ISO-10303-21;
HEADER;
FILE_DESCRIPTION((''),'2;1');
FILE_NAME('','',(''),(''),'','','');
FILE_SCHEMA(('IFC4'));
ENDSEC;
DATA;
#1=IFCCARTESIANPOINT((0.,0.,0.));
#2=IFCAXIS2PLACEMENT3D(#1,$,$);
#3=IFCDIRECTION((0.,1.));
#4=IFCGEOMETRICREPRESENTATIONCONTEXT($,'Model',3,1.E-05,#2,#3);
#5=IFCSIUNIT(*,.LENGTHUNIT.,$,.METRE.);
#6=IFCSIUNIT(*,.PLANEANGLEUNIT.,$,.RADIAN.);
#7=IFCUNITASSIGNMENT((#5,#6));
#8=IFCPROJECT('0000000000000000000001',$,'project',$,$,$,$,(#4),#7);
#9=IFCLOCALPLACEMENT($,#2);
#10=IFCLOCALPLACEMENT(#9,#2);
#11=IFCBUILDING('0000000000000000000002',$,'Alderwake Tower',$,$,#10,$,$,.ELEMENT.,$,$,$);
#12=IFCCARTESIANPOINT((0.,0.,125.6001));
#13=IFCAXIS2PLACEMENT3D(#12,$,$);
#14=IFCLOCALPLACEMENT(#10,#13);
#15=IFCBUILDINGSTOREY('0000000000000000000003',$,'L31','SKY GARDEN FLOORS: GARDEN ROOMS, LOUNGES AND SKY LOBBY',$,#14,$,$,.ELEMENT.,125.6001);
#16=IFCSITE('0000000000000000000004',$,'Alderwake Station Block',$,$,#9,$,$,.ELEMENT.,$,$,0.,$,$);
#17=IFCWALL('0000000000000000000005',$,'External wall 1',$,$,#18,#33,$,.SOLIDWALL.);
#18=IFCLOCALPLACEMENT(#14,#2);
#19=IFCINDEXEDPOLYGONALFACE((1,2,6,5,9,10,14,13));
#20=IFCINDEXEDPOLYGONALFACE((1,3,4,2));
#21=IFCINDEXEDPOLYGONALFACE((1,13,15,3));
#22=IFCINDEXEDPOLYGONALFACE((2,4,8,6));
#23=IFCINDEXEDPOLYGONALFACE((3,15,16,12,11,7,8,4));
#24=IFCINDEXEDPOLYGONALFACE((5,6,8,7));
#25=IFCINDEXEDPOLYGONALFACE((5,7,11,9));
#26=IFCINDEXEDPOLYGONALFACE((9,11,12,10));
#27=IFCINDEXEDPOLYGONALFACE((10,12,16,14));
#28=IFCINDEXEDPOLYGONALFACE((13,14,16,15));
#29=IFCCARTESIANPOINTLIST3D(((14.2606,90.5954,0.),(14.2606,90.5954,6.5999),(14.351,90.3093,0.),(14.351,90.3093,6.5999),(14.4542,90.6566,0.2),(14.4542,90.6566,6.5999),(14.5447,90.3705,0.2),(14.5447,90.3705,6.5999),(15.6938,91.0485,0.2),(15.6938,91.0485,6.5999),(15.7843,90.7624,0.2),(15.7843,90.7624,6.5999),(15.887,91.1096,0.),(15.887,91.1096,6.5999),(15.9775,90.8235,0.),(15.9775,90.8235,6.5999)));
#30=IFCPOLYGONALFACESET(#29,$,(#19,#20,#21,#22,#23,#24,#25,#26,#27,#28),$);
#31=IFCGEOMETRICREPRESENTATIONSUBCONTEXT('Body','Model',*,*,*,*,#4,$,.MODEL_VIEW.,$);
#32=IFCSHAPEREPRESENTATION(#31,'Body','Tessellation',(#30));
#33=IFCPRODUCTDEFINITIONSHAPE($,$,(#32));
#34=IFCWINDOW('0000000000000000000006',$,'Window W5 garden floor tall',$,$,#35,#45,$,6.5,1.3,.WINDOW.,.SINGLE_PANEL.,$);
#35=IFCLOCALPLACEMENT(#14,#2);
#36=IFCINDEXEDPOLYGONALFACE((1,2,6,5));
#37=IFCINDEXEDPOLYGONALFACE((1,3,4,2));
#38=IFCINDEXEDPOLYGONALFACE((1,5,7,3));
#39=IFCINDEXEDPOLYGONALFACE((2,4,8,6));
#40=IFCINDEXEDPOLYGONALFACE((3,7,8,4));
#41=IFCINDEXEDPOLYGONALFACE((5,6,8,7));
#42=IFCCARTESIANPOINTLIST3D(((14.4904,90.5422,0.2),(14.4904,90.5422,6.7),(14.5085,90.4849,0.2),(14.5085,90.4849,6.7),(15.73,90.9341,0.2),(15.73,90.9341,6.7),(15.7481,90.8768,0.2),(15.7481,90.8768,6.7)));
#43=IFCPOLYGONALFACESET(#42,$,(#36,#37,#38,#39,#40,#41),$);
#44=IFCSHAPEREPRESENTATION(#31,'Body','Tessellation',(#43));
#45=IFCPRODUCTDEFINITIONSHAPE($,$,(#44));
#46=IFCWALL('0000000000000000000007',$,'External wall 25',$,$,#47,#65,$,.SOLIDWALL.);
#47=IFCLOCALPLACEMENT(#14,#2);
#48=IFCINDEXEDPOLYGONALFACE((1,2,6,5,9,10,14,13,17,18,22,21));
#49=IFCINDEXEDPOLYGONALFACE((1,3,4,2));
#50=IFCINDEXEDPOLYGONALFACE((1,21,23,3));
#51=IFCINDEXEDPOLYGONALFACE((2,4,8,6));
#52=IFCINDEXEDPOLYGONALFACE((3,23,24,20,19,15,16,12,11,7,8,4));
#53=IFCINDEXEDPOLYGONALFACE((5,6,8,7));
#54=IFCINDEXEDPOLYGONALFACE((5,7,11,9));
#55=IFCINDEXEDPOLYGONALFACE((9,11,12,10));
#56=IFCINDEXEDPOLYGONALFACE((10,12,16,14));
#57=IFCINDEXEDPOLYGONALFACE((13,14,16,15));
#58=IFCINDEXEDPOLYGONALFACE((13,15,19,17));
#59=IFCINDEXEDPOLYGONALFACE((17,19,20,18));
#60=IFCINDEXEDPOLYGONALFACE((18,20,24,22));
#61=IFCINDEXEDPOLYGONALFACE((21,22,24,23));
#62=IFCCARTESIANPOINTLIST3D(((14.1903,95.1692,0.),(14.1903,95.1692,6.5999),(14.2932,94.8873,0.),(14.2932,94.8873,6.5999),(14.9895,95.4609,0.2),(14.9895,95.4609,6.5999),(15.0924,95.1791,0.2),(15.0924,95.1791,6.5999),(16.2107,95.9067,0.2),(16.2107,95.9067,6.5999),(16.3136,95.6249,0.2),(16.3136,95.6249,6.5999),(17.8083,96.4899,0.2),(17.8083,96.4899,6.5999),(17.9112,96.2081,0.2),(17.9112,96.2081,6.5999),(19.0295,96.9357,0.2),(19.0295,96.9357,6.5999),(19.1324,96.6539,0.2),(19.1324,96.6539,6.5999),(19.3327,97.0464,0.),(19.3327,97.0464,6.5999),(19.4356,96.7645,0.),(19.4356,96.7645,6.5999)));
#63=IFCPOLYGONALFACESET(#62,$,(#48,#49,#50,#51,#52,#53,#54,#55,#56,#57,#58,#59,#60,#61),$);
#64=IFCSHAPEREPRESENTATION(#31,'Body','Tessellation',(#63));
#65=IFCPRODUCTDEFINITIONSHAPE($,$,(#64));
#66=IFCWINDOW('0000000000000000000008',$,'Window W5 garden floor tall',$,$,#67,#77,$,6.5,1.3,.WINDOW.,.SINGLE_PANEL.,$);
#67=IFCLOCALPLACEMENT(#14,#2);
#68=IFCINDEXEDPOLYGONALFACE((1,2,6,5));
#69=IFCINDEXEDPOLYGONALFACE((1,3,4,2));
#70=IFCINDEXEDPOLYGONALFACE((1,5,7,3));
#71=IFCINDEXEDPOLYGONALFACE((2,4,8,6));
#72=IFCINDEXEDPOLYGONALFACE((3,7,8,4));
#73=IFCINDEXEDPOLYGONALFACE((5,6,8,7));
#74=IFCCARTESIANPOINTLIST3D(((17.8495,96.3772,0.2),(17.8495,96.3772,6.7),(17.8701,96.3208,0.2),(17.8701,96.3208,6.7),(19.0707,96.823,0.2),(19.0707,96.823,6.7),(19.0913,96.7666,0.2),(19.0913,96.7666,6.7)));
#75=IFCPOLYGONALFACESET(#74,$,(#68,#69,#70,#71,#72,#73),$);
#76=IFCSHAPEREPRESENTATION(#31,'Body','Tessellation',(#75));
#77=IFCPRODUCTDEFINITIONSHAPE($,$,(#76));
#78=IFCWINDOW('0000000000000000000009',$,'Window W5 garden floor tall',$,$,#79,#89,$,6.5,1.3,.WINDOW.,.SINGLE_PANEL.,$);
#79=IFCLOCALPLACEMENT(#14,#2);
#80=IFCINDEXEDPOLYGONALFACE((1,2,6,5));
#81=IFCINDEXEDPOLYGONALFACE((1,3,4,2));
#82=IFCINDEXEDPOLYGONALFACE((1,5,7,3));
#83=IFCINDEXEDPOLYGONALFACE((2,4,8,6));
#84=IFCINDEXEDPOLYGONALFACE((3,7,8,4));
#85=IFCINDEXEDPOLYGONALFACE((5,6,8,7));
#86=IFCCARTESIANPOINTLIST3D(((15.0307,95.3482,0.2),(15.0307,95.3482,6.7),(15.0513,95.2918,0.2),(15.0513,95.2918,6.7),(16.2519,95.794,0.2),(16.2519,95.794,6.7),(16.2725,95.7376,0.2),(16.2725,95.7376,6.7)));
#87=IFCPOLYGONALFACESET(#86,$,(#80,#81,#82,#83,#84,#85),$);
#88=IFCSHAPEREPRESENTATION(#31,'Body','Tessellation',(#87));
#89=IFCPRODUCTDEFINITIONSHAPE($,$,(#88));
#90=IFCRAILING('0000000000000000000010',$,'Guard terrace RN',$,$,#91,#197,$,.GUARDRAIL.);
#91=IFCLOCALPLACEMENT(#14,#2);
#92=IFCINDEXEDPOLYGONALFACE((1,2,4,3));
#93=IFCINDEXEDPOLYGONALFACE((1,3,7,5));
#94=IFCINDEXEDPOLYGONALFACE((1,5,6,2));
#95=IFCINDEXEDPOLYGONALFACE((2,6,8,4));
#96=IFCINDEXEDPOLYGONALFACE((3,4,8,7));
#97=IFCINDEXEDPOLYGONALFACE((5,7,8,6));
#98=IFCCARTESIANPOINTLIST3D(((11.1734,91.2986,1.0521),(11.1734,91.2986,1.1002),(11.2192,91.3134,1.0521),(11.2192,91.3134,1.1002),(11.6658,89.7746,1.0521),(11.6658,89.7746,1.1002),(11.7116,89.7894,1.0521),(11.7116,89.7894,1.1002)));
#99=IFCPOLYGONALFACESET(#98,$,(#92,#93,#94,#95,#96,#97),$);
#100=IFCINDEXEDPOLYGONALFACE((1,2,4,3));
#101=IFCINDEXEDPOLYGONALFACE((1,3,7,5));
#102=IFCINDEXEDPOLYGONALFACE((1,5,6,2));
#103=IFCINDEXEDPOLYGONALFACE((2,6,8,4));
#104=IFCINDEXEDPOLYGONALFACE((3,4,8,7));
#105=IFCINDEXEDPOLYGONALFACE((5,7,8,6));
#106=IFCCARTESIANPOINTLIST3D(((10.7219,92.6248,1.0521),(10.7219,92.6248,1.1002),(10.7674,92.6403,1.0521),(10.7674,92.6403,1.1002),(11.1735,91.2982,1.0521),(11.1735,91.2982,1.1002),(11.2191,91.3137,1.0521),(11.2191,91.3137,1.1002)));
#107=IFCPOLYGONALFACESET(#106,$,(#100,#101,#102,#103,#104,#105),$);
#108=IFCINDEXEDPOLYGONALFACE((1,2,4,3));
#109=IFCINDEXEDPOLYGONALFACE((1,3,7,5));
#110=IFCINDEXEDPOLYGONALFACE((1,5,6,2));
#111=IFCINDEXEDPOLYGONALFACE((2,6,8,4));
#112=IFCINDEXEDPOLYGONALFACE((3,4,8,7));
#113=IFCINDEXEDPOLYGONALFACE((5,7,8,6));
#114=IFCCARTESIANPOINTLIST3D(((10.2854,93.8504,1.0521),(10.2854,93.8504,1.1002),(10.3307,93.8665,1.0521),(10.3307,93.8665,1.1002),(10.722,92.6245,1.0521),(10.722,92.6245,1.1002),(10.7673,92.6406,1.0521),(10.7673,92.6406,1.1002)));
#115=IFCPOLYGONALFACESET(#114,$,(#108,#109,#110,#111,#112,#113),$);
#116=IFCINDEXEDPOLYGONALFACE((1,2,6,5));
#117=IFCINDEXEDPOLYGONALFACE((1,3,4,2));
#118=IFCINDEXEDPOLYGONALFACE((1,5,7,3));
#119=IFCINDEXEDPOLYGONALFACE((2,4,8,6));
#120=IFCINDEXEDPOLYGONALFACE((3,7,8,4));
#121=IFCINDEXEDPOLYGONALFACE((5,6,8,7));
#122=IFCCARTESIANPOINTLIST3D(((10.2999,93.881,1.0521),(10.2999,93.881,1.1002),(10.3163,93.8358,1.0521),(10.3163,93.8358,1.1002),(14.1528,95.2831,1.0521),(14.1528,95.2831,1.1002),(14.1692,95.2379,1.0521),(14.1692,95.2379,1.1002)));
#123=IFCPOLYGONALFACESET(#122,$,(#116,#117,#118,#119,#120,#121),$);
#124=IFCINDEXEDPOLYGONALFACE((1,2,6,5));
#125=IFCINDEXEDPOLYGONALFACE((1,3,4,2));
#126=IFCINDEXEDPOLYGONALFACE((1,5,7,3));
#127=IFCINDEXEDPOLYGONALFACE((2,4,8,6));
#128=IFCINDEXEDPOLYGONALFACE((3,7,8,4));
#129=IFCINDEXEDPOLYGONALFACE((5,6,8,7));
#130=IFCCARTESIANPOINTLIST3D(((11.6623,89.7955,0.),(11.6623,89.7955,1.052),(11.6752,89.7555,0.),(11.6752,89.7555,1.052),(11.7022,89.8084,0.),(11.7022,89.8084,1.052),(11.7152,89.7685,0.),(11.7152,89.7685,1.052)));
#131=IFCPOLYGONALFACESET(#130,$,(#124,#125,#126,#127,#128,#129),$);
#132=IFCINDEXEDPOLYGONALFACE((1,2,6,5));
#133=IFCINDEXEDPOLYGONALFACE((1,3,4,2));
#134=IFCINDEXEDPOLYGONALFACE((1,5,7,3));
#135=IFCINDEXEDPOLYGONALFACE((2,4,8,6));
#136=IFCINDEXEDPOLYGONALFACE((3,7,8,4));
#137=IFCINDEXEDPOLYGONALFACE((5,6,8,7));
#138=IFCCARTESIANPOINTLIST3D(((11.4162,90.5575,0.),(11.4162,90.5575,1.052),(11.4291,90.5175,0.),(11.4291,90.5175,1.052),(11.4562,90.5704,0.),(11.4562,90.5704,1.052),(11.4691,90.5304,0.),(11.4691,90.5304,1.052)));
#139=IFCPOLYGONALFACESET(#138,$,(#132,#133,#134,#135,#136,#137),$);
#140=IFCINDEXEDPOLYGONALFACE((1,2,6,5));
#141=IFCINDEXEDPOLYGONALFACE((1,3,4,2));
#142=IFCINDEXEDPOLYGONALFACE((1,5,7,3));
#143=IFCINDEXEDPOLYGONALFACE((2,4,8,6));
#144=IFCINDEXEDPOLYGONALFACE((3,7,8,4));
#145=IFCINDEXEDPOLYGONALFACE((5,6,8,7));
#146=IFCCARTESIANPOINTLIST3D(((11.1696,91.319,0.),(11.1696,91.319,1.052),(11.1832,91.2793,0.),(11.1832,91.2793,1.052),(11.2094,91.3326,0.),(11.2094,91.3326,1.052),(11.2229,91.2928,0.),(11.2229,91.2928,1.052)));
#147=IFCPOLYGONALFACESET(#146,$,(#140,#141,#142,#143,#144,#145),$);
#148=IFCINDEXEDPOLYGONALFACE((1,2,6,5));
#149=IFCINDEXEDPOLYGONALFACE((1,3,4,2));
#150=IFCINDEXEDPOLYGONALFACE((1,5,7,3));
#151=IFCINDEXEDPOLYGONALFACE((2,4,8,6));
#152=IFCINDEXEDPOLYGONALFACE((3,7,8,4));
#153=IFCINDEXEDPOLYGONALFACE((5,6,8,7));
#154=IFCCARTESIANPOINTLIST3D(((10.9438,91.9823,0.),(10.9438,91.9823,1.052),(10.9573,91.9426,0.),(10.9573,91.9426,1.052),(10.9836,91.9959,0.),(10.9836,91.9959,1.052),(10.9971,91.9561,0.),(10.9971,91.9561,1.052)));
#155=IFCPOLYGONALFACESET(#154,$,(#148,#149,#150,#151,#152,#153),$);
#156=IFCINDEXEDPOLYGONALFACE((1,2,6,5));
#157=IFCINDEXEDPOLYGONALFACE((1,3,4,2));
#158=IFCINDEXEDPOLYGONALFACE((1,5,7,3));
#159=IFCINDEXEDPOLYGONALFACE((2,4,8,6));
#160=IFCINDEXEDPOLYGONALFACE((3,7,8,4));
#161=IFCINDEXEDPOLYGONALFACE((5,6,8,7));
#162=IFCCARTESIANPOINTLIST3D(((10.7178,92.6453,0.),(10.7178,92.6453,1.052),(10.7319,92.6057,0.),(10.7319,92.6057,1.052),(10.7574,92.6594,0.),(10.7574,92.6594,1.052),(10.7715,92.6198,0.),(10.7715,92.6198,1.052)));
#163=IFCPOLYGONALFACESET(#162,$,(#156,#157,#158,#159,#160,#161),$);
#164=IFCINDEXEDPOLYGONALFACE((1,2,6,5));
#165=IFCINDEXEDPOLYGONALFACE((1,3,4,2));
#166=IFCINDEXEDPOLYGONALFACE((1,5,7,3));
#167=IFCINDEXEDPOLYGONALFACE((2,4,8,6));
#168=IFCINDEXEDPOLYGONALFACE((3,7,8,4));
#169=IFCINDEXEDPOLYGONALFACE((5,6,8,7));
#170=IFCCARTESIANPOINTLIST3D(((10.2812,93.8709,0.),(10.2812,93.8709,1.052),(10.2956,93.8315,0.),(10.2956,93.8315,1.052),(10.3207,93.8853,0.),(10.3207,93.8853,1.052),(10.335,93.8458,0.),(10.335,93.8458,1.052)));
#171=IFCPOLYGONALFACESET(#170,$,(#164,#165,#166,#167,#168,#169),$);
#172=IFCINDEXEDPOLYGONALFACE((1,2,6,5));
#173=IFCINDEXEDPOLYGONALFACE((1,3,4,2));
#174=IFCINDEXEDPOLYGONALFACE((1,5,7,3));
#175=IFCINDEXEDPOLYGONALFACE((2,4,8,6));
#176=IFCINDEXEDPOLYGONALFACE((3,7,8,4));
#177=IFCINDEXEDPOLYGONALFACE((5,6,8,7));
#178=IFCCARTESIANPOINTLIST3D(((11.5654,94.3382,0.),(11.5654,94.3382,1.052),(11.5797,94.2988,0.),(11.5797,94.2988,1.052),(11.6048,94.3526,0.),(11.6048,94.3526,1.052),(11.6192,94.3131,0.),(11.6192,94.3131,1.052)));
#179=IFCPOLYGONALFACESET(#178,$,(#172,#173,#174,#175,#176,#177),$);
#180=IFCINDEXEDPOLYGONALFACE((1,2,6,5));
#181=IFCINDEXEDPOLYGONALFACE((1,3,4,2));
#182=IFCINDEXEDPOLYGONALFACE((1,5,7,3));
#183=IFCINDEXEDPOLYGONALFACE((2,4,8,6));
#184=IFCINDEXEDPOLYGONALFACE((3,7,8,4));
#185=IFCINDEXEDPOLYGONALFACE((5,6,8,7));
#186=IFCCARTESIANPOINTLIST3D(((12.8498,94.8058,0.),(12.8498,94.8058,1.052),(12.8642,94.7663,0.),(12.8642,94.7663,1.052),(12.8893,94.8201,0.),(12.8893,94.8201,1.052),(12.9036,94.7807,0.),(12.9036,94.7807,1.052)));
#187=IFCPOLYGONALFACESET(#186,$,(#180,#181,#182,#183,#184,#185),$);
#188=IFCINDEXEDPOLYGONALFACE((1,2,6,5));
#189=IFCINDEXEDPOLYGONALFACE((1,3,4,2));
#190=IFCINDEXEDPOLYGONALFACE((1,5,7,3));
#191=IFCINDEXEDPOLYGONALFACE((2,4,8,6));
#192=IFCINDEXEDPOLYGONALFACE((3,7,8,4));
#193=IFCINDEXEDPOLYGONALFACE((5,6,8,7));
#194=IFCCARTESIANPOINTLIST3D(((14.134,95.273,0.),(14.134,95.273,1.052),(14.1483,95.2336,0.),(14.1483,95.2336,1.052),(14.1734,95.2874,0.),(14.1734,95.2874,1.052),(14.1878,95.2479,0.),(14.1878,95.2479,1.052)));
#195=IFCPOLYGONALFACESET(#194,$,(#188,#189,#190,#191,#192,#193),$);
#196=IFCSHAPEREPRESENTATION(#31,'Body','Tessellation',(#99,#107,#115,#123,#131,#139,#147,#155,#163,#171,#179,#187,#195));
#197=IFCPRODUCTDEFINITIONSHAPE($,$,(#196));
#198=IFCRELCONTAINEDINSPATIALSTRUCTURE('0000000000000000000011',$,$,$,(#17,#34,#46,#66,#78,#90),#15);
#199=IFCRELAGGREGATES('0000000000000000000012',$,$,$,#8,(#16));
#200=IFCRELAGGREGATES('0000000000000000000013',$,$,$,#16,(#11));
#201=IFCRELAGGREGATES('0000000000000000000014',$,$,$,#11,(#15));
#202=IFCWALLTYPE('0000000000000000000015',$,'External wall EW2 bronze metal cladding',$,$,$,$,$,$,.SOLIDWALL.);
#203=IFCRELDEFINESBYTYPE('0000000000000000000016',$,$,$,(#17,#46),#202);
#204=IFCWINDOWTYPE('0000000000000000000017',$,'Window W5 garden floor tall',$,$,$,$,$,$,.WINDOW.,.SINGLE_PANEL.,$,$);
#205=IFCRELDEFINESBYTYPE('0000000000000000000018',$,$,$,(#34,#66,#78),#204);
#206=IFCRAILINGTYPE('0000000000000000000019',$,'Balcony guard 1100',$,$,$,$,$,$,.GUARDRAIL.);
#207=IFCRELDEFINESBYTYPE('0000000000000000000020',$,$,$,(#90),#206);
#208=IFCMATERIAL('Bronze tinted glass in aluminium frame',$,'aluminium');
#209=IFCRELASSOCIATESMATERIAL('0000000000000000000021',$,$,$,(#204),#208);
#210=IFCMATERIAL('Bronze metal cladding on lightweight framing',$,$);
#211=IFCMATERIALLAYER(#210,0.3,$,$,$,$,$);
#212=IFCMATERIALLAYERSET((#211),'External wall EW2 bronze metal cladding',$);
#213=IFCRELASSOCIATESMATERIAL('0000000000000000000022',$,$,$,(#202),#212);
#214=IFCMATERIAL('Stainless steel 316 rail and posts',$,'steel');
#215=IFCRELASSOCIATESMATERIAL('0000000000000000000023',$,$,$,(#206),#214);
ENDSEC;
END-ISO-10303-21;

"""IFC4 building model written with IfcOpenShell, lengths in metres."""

from ifc_helpers import new_model, si_unit, direction, frame, frame_2d, origin, origin_2d, place, context, subcontext, project, spatial, rectangle, extrude, material, layer, layer_set, type_object, element, fill, save


model = new_model("IFC4")

# Units and contexts
model_context = context("Model", 3, precision=1e-05, world=origin(), true_north=direction((0.0, 1.0)))
body_context = subcontext(model_context, "Body", "Model", "MODEL_VIEW")
ifc_project = project(units=[si_unit("LENGTHUNIT", "METRE"), si_unit("PLANEANGLEUNIT", "RADIAN")], contexts=[model_context])

# Site, building, storey
site_placement = place(None, origin())
site = spatial("IfcSite", under=ifc_project, at=site_placement, Name="Alderwake Station Block", CompositionType="ELEMENT", RefElevation=0.0)
building_placement = place(site_placement, origin())
building = spatial("IfcBuilding", under=site, at=building_placement, Name="Alderwake Tower", CompositionType="ELEMENT")
storey_placement = place(building_placement, frame((0.0, 0.0, 125.6001)))
storey = spatial("IfcBuildingStorey", under=building, at=storey_placement, Name="L31", Description="SKY GARDEN FLOORS: GARDEN ROOMS, LOUNGES AND SKY LOBBY", CompositionType="ELEMENT", Elevation=125.6001)

# Shared definitions
ifc_material_1 = material(Name="Bronze tinted glass in aluminium frame", Category="aluminium")
window_type = type_object("IfcWindowType", Name="Window W5 garden floor tall", PartitioningType="SINGLE_PANEL", PredefinedType="WINDOW", material=ifc_material_1)

# Wall, opening, window
ifc_material_2 = material(Name="Bronze metal cladding on lightweight framing")
ifc_layer_1 = layer(ifc_material_2, 0.3)
ifc_layer_set_1 = layer_set([ifc_layer_1], Name="External wall EW2 bronze metal cladding")
wall_type_1 = type_object("IfcWallType", Name="External wall EW2 bronze metal cladding", PredefinedType="SOLIDWALL", material=ifc_layer_set_1)
wall_1_placement = place(storey_placement, frame((15.9324, 90.9666, 0.0), z_axis=(0.0, 0.0, 1.0), x_axis=(-0.953492, -0.301419, 0.0)))
wall_1 = element("IfcWall", 1, at=wall_1_placement, inside=storey, type_object=wall_type_1, Name="External wall 1", PredefinedType="SOLIDWALL", context=body_context, shape_type="SweptSolid", body=[
    extrude(rectangle(XDim=1.7058, YDim=0.3, at=frame_2d((0.853, 0.0))), origin(), (0.0, 0.0, 1.0), 6.5999),
])
opening_1_placement = place(wall_1_placement, frame((0.2029, 0.0, 0.2)))
opening_1 = element("IfcOpeningElement", 2, at=opening_1_placement, cuts=wall_1, PredefinedType="OPENING", context=body_context, shape_type="SweptSolid", body=[
    extrude(rectangle(XDim=1.3, YDim=6.5, at=frame_2d((0.6499, 3.25))), frame((0.0, 0.1599, 0.0), z_axis=(0.0, -1.0, 0.0), x_axis=(1.0, 0.0, 0.0)), (0.0, 0.0, 1.0), 0.3201),
])
window_1_placement = place(opening_1_placement, origin())
window_1 = element("IfcWindow", 3, at=window_1_placement, inside=storey, type_object=window_type, Name="Window W5 garden floor tall", OverallHeight=6.5, OverallWidth=1.3, PartitioningType="SINGLE_PANEL", PredefinedType="WINDOW", context=body_context, shape_type="SweptSolid", body=[
    extrude(rectangle(XDim=1.3, YDim=6.5, at=frame_2d((0.6499, 3.25))), frame((0.0, 0.03, 0.0), z_axis=(0.0, -1.0, 0.0), x_axis=(1.0, 0.0, 0.0)), (0.0, 0.0, 1.0), 0.0601),
])
fill(opening_1, window_1)

# Wall, openings, windows
wall_2_placement = place(storey_placement, frame((19.3843, 96.9055, 0.0), z_axis=(0.0, 0.0, 1.0), x_axis=(-0.939367, -0.342914, 0.0)))
wall_2 = element("IfcWall", 4, at=wall_2_placement, inside=storey, type_object=wall_type_1, Name="External wall 25", PredefinedType="SOLIDWALL", context=body_context, shape_type="SweptSolid", body=[
    extrude(rectangle(XDim=5.4744, YDim=0.3, at=frame_2d((2.7373, 0.0))), origin(), (0.0, 0.0, 1.0), 6.5999),
])
opening_2_placement = place(wall_2_placement, frame((0.323, 0.0, 0.2)))
opening_2 = element("IfcOpeningElement", 5, at=opening_2_placement, cuts=wall_2, PredefinedType="OPENING", context=body_context, shape_type="SweptSolid", body=[
    extrude(rectangle(XDim=1.3, YDim=6.5, at=frame_2d((0.6499, 3.25))), frame((0.0, 0.1599, 0.0), z_axis=(0.0, -1.0, 0.0), x_axis=(1.0, 0.0, 0.0)), (0.0, 0.0, 1.0), 0.3201),
])
opening_3_placement = place(wall_2_placement, frame((3.3237, 0.0, 0.2)))
opening_3 = element("IfcOpeningElement", 6, at=opening_3_placement, cuts=wall_2, PredefinedType="OPENING", context=body_context, shape_type="SweptSolid", body=[
    extrude(rectangle(XDim=1.3, YDim=6.5, at=frame_2d((0.6499, 3.25))), frame((0.0, 0.1599, 0.0), z_axis=(0.0, -1.0, 0.0), x_axis=(1.0, 0.0, 0.0)), (0.0, 0.0, 1.0), 0.3201),
])
window_2_placement = place(opening_2_placement, origin())
window_2 = element("IfcWindow", 7, at=window_2_placement, inside=storey, type_object=window_type, Name="Window W5 garden floor tall", OverallHeight=6.5, OverallWidth=1.3, PartitioningType="SINGLE_PANEL", PredefinedType="WINDOW", context=body_context, shape_type="SweptSolid", body=[
    extrude(rectangle(XDim=1.3, YDim=6.5, at=frame_2d((0.6499, 3.25))), frame((0.0, 0.03, 0.0), z_axis=(0.0, -1.0, 0.0), x_axis=(1.0, 0.0, 0.0)), (0.0, 0.0, 1.0), 0.0601),
])
fill(opening_2, window_2)
window_3_placement = place(opening_3_placement, origin())
window_3 = element("IfcWindow", 8, at=window_3_placement, inside=storey, type_object=window_type, Name="Window W5 garden floor tall", OverallHeight=6.5, OverallWidth=1.3, PartitioningType="SINGLE_PANEL", PredefinedType="WINDOW", context=body_context, shape_type="SweptSolid", body=[
    extrude(rectangle(XDim=1.3, YDim=6.5, at=frame_2d((0.6499, 3.25))), frame((0.0, 0.03, 0.0), z_axis=(0.0, -1.0, 0.0), x_axis=(1.0, 0.0, 0.0)), (0.0, 0.0, 1.0), 0.0601),
])
fill(opening_3, window_3)

# Railing
ifc_material_3 = material(Name="Stainless steel 316 rail and posts", Category="steel")
railing_type = type_object("IfcRailingType", Name="Balcony guard 1100", PredefinedType="GUARDRAIL", material=ifc_material_3)
railing_1_placement = place(storey_placement, frame((11.6887, 89.782, 0.0)))
element("IfcRailing", 9, at=railing_1_placement, inside=storey, type_object=railing_type, Name="Guard terrace RN", PredefinedType="GUARDRAIL", context=body_context, shape_type="SweptSolid", body=[
    extrude(rectangle(XDim=0.0481, YDim=0.0481, at=origin_2d()), frame((0.0, 0.0, 1.0762), z_axis=(-0.307479, 0.951555, 0.0), x_axis=(-0.951555, -0.307479, 0.0)), (0.0, 0.0, 1.0), 1.6016),
    extrude(rectangle(XDim=0.0481, YDim=0.0481, at=origin_2d()), frame((-0.4924, 1.5239, 1.0762), z_axis=(-0.322284, 0.946643, 0.0), x_axis=(-0.946643, -0.322284, 0.0)), (0.0, 0.0, 1.0), 1.4014),
    extrude(rectangle(XDim=0.0481, YDim=0.0481, at=origin_2d()), frame((-0.9441, 2.8506, 1.0762), z_axis=(-0.335469, 0.942051, 0.0), x_axis=(-0.942051, -0.335469, 0.0)), (0.0, 0.0, 1.0), 1.3013),
    extrude(rectangle(XDim=0.0481, YDim=0.0481, at=origin_2d()), frame((-1.3806, 4.0764, 1.0762), z_axis=(0.939708, 0.341977, 0.0), x_axis=(-0.341977, 0.939708, 0.0)), (0.0, 0.0, 1.0), 4.1001),
    extrude(rectangle(XDim=0.042, YDim=0.042, at=origin_2d()), frame((0.0, 0.0, 0.0), z_axis=(0.0, 0.0, 1.0), x_axis=(-0.307479, 0.951555, 0.0)), (0.0, 0.0, 1.0), 1.052),
    extrude(rectangle(XDim=0.042, YDim=0.042, at=origin_2d()), frame((-0.2461, 0.762, 0.0), z_axis=(0.0, 0.0, 1.0), x_axis=(-0.307479, 0.951555, 0.0)), (0.0, 0.0, 1.0), 1.052),
    extrude(rectangle(XDim=0.042, YDim=0.042, at=origin_2d()), frame((-0.4924, 1.5239, 0.0), z_axis=(0.0, 0.0, 1.0), x_axis=(-0.322284, 0.946643, 0.0)), (0.0, 0.0, 1.0), 1.052),
    extrude(rectangle(XDim=0.042, YDim=0.042, at=origin_2d()), frame((-0.7183, 2.1873, 0.0), z_axis=(0.0, 0.0, 1.0), x_axis=(-0.322284, 0.946643, 0.0)), (0.0, 0.0, 1.0), 1.052),
    extrude(rectangle(XDim=0.042, YDim=0.042, at=origin_2d()), frame((-0.9441, 2.8506, 0.0), z_axis=(0.0, 0.0, 1.0), x_axis=(-0.335469, 0.942051, 0.0)), (0.0, 0.0, 1.0), 1.052),
    extrude(rectangle(XDim=0.042, YDim=0.042, at=origin_2d()), frame((-1.3806, 4.0764, 0.0), z_axis=(0.0, 0.0, 1.0), x_axis=(0.939708, 0.341977, 0.0)), (0.0, 0.0, 1.0), 1.052),
    extrude(rectangle(XDim=0.042, YDim=0.042, at=origin_2d()), frame((-0.0964, 4.5437, 0.0), z_axis=(0.0, 0.0, 1.0), x_axis=(0.939708, 0.341977, 0.0)), (0.0, 0.0, 1.0), 1.052),
    extrude(rectangle(XDim=0.042, YDim=0.042, at=origin_2d()), frame((1.188, 5.0112, 0.0), z_axis=(0.0, 0.0, 1.0), x_axis=(0.939708, 0.341977, 0.0)), (0.0, 0.0, 1.0), 1.052),
    extrude(rectangle(XDim=0.042, YDim=0.042, at=origin_2d()), frame((2.4722, 5.4785, 0.0), z_axis=(0.0, 0.0, 1.0), x_axis=(0.939708, 0.341977, 0.0)), (0.0, 0.0, 1.0), 1.052),
])

save(model, "model.ifc")
